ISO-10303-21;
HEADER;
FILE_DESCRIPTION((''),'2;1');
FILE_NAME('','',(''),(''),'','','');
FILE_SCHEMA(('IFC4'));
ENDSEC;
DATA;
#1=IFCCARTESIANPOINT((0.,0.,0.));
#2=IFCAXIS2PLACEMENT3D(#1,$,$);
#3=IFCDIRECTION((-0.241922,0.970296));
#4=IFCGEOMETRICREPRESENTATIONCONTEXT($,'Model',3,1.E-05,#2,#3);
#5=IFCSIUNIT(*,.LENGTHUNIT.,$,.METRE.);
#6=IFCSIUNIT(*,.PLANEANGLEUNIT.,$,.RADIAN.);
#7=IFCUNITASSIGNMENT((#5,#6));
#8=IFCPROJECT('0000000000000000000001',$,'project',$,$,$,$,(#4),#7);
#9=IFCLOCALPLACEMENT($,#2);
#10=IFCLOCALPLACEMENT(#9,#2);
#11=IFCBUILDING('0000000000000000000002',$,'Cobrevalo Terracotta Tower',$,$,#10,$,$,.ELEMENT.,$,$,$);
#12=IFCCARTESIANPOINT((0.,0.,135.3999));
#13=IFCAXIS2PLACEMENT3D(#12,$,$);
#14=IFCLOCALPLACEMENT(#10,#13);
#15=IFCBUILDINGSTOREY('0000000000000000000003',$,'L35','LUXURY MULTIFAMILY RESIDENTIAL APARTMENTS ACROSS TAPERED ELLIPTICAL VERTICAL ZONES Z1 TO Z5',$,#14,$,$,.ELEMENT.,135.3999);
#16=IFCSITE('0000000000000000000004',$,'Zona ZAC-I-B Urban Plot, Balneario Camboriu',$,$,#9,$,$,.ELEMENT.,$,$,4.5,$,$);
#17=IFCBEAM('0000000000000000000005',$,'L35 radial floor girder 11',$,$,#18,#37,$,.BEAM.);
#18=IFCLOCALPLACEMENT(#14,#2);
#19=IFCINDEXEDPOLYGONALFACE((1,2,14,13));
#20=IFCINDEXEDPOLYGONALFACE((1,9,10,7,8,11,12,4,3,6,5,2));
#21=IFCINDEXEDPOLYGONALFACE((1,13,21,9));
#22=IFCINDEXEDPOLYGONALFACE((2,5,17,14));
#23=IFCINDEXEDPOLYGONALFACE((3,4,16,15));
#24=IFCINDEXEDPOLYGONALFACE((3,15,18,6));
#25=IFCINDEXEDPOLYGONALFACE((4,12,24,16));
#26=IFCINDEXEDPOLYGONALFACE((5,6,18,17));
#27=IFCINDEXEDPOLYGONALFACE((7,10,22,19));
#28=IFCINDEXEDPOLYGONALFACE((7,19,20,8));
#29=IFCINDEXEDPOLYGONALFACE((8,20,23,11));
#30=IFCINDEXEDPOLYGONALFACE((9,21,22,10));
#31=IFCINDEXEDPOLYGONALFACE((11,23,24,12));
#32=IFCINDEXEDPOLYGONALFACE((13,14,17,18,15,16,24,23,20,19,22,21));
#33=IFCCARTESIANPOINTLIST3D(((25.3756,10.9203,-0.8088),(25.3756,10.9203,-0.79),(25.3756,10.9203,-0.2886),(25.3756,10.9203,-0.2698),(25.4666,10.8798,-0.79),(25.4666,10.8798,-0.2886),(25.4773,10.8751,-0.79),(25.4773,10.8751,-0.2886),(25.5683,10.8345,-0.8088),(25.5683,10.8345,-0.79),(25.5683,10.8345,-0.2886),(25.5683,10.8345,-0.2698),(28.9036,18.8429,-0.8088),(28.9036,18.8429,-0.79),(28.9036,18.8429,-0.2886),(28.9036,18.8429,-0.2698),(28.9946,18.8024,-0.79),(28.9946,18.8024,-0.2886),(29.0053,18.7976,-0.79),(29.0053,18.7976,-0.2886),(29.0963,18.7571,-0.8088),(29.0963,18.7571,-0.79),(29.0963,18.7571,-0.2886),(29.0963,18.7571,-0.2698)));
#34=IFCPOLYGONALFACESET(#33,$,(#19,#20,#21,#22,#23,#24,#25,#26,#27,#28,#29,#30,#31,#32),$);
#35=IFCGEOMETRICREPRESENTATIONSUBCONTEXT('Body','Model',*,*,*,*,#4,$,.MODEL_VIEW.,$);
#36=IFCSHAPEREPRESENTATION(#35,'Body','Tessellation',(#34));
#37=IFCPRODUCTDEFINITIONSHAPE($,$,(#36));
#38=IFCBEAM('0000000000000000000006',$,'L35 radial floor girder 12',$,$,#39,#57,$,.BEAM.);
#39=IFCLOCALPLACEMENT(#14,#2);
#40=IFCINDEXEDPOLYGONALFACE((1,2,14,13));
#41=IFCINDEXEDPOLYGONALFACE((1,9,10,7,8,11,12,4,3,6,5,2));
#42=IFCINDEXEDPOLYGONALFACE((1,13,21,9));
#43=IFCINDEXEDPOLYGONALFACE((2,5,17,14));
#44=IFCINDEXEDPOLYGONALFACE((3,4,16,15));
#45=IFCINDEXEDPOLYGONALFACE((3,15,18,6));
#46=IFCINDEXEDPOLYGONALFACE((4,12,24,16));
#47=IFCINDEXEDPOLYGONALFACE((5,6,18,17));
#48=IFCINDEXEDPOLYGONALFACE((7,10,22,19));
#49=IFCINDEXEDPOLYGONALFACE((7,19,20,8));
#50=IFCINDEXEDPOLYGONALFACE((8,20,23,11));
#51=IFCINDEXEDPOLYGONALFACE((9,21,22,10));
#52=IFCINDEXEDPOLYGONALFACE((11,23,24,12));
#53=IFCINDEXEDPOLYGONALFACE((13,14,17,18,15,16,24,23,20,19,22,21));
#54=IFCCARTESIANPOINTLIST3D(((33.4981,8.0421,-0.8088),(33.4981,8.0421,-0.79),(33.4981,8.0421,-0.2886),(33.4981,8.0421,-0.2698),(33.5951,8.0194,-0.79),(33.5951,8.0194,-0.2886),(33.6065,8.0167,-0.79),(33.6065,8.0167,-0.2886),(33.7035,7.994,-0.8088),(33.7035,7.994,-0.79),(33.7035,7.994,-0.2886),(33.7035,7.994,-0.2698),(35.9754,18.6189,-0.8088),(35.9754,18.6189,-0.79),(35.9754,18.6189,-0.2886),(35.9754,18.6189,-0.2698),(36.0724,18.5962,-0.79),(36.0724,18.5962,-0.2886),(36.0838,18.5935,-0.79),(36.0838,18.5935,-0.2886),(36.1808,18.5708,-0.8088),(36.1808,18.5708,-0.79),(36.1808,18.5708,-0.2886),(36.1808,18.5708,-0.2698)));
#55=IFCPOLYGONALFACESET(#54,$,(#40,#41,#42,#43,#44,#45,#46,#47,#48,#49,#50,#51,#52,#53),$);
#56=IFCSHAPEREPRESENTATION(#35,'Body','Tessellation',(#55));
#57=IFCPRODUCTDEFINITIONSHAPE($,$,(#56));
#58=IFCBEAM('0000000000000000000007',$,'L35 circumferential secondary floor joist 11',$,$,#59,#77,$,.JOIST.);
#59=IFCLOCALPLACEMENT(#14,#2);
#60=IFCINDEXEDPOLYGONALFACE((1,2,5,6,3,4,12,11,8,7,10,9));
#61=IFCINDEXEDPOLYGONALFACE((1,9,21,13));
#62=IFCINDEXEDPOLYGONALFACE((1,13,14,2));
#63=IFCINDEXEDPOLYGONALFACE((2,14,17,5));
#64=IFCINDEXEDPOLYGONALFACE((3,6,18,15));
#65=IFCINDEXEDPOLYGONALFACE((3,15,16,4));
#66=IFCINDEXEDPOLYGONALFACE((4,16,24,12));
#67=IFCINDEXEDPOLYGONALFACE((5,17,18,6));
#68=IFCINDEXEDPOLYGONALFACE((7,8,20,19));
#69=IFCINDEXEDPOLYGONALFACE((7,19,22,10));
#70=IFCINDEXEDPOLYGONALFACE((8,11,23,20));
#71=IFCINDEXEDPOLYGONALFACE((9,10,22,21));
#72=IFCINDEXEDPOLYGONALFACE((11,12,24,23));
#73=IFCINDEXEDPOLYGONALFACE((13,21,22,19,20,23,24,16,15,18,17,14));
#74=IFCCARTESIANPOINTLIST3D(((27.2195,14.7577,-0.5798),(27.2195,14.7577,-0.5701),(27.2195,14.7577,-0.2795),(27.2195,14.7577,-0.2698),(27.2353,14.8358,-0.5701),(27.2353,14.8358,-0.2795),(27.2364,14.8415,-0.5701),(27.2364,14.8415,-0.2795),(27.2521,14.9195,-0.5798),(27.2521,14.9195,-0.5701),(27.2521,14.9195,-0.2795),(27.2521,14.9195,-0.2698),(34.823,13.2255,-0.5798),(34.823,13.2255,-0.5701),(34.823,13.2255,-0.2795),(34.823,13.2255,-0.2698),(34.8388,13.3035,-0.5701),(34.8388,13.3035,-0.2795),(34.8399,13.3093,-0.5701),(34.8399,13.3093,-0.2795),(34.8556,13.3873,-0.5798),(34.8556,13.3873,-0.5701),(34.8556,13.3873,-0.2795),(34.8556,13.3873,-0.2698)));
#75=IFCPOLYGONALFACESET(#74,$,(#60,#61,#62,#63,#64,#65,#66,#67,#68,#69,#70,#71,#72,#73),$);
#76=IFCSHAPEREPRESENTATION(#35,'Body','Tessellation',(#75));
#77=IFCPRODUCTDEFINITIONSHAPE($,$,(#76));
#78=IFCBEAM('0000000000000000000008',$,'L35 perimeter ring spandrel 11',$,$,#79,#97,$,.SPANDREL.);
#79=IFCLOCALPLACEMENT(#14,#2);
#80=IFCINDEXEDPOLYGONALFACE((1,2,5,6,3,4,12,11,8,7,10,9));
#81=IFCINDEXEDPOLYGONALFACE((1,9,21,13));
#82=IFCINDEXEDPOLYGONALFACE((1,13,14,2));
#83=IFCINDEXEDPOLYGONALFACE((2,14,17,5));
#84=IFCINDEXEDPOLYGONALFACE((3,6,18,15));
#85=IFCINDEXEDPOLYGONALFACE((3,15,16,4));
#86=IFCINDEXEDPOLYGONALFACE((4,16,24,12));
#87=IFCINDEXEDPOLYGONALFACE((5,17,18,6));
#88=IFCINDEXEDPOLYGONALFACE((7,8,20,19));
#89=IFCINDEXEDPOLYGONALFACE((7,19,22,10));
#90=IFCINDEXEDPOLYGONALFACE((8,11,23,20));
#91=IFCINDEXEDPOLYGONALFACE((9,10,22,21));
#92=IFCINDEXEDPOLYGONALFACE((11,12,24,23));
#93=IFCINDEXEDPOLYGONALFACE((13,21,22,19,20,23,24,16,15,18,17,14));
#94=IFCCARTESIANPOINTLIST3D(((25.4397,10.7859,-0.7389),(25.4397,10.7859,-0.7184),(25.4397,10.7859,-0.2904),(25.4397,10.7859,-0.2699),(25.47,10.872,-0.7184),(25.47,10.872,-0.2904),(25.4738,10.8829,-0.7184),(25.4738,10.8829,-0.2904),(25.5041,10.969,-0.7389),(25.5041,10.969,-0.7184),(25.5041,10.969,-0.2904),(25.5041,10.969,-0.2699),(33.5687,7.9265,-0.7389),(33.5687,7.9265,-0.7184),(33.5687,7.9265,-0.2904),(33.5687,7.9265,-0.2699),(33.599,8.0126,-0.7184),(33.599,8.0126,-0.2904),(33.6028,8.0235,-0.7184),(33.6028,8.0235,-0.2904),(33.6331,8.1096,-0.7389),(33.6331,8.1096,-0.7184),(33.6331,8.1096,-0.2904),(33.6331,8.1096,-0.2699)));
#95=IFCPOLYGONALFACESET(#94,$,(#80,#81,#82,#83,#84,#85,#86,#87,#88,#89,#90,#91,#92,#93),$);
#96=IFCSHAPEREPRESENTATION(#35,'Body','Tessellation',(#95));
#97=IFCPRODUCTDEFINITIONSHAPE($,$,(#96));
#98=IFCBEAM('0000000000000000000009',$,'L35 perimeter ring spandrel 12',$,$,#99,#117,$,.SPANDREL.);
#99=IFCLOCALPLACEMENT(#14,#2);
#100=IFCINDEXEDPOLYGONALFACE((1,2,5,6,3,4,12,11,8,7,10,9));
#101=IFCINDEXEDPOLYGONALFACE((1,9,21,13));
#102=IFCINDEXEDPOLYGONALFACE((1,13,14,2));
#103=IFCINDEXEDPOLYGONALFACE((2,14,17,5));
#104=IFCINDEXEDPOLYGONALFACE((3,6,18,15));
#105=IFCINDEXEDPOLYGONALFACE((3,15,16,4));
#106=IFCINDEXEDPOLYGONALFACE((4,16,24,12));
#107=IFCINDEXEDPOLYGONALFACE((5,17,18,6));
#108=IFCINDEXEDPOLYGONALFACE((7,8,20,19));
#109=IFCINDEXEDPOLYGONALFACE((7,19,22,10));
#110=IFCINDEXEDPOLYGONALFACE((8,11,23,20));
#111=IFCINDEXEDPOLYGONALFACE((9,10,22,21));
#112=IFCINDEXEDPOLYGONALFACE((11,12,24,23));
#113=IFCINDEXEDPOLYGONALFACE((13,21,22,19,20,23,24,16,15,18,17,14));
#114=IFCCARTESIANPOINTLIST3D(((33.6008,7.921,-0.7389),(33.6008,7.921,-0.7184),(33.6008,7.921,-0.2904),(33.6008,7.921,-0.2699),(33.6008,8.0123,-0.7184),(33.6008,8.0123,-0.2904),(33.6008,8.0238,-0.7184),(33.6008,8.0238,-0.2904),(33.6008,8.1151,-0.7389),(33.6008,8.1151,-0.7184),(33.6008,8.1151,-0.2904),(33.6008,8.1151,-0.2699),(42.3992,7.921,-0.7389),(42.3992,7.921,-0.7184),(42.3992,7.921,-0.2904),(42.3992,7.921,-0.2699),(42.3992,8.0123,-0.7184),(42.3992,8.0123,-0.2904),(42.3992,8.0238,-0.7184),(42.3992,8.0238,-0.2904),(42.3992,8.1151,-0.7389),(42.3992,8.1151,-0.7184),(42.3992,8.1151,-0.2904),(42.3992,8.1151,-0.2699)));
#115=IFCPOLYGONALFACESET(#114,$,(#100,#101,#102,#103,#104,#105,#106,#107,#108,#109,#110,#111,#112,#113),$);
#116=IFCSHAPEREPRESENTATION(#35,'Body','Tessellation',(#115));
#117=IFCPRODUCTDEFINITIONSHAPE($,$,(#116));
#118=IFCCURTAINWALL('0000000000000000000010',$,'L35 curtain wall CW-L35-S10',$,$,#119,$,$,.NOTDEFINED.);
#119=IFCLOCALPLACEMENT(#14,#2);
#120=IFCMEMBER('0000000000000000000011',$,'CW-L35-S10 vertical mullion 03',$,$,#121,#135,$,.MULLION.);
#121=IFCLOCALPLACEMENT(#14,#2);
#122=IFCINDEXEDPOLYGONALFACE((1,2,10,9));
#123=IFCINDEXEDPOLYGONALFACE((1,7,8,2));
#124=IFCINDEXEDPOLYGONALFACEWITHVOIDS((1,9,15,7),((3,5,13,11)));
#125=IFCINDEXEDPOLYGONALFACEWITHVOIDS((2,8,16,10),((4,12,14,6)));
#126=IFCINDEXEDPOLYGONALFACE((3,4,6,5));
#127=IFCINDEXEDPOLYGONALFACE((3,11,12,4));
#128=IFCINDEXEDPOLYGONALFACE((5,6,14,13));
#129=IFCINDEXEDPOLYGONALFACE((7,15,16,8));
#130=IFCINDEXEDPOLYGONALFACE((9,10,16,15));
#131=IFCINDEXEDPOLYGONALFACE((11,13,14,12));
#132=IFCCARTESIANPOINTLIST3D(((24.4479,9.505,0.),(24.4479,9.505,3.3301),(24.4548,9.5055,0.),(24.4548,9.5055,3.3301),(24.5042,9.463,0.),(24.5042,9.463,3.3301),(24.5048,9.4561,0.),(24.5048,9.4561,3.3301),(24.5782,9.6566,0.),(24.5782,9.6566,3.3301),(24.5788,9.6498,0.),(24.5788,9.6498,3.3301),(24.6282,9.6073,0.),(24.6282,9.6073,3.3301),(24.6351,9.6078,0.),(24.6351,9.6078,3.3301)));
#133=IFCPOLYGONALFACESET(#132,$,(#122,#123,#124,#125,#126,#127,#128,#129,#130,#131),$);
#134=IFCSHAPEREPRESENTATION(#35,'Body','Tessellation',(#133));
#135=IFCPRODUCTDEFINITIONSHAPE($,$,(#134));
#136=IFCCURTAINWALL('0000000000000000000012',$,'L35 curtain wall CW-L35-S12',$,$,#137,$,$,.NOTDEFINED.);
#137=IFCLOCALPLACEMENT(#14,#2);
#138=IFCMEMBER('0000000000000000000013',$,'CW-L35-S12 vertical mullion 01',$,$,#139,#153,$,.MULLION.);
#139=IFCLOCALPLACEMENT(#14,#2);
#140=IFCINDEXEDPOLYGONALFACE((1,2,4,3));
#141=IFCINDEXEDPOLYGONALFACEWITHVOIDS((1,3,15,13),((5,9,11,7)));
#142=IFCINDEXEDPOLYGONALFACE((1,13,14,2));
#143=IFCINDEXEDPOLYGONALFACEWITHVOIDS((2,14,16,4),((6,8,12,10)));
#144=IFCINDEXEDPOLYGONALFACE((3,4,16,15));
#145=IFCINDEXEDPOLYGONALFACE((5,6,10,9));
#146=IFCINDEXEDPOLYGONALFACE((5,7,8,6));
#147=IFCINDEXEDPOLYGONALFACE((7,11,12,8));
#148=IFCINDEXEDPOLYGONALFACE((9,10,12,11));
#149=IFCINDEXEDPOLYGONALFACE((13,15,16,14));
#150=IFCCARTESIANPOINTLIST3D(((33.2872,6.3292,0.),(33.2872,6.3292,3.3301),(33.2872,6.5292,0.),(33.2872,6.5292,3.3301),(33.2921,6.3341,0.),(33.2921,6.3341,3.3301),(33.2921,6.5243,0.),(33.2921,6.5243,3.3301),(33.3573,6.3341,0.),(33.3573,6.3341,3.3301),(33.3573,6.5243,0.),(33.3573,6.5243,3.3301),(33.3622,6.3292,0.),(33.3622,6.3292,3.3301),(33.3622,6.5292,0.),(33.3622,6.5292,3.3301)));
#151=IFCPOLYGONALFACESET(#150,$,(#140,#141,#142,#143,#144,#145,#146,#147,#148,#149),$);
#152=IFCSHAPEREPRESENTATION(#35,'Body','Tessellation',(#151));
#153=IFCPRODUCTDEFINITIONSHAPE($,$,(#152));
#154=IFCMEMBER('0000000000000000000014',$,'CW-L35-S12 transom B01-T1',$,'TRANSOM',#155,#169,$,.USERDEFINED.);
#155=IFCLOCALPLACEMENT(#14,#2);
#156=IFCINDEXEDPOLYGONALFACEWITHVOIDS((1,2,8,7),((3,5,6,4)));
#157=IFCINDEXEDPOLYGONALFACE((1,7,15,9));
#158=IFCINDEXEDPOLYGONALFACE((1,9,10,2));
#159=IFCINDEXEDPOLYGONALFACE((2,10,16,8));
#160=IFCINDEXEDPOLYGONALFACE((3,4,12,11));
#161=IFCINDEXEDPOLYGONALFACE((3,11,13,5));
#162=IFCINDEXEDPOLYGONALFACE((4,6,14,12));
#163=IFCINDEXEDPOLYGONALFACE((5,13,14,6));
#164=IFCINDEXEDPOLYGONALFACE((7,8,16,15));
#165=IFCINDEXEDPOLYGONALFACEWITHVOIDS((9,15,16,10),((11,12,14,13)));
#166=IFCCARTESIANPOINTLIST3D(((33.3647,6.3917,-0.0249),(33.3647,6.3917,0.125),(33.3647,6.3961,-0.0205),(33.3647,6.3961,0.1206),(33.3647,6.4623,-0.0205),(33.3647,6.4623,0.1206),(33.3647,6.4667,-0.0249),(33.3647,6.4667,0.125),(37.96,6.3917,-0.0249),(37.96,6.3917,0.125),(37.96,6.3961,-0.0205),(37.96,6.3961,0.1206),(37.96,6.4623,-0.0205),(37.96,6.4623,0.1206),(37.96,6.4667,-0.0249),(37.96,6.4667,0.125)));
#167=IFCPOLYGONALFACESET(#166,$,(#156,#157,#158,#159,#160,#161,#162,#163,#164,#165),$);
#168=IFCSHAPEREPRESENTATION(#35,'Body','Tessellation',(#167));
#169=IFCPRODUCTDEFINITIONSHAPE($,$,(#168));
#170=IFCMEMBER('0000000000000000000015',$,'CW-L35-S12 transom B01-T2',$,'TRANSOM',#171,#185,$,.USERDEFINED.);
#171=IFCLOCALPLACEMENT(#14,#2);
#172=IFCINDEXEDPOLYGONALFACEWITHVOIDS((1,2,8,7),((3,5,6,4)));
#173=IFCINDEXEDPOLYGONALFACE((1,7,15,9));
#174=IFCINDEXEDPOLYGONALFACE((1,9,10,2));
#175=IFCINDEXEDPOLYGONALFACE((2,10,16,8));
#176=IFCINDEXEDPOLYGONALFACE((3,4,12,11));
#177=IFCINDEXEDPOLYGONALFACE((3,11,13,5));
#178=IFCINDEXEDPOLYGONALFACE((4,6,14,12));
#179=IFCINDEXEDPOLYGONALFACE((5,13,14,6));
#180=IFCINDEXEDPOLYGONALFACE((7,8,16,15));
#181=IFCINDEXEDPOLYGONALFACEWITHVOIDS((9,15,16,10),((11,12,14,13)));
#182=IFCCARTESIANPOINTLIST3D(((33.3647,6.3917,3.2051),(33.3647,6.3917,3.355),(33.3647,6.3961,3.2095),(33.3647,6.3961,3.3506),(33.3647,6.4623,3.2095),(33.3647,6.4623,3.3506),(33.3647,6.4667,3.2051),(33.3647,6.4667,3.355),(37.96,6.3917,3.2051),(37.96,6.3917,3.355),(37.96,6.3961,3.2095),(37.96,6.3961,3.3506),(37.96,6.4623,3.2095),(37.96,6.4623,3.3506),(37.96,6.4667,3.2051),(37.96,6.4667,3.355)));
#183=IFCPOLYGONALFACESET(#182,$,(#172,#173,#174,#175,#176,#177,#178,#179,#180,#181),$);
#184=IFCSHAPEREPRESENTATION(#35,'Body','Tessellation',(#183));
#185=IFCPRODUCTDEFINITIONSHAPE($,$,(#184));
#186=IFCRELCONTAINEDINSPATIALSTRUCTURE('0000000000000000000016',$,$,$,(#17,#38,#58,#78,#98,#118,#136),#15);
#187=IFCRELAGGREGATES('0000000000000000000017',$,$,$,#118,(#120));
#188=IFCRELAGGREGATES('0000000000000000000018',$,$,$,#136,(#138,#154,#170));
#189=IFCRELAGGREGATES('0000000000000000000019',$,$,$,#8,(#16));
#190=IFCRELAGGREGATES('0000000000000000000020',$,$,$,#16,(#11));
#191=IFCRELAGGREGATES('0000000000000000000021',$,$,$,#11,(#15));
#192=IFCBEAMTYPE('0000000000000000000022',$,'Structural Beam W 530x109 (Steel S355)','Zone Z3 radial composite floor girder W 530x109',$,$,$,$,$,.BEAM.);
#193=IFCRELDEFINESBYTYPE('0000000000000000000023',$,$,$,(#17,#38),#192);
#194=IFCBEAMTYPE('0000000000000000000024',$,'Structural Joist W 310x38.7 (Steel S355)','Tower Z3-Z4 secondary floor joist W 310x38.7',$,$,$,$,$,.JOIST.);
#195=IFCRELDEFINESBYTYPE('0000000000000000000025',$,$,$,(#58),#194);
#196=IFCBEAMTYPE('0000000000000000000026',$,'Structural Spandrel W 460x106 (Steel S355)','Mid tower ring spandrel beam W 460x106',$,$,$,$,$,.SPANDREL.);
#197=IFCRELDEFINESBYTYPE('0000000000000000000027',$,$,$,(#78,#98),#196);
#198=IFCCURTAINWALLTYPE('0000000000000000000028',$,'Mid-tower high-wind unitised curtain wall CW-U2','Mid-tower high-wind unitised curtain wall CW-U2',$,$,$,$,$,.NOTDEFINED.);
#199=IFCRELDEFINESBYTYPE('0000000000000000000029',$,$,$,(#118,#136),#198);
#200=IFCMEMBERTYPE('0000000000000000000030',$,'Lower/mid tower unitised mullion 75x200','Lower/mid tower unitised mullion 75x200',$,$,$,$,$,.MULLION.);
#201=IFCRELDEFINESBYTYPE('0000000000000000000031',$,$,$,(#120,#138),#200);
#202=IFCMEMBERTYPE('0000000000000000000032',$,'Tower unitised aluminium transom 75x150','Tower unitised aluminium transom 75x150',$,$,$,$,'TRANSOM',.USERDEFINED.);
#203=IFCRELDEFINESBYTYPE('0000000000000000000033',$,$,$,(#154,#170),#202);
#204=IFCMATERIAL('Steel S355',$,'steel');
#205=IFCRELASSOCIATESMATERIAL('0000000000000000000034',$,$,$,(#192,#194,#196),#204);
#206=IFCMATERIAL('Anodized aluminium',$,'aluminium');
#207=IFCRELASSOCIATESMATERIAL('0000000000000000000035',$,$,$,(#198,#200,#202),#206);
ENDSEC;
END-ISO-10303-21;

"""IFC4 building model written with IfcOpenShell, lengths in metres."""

from ifc_helpers import new_model, si_unit, direction, frame, origin, origin_2d, place, context, subcontext, project, spatial, hollow_rectangle, i_section, extrude, source, transform, mapped, material, material_profile, profile_set, type_object, element, aggregate, save


model = new_model("IFC4")

# Units and contexts
model_context = context("Model", 3, precision=1e-05, world=origin(), true_north=direction((-0.241922, 0.970296)))
body_context = subcontext(model_context, "Body", "Model", "MODEL_VIEW")
ifc_project = project(units=[si_unit("LENGTHUNIT", "METRE"), si_unit("PLANEANGLEUNIT", "RADIAN")], contexts=[model_context])

# Site, building, storey
site_placement = place(None, origin())
site = spatial("IfcSite", under=ifc_project, at=site_placement, Name="Zona ZAC-I-B Urban Plot, Balneario Camboriu", CompositionType="ELEMENT", RefElevation=4.5)
building_placement = place(site_placement, origin())
building = spatial("IfcBuilding", under=site, at=building_placement, Name="Cobrevalo Terracotta Tower", CompositionType="ELEMENT")
storey_placement = place(building_placement, frame((0.0, 0.0, 135.3999)))
storey = spatial("IfcBuildingStorey", under=building, at=storey_placement, Name="L35", Description="LUXURY MULTIFAMILY RESIDENTIAL APARTMENTS ACROSS TAPERED ELLIPTICAL VERTICAL ZONES Z1 TO Z5", CompositionType="ELEMENT", Elevation=135.3999)

# Shared definitions
ifc_material_1 = material(Name="Steel S355", Category="steel")

# Beams
ifc_material_profile_1 = material_profile(ifc_material_1, i_section(OverallWidth=0.2109, OverallDepth=0.5391, WebThickness=0.0117, FlangeThickness=0.0188, at=origin_2d()), Name="W 530x109")
ifc_profile_set_1 = profile_set([ifc_material_profile_1], Name="Steel S355")
beam_type_1 = type_object("IfcBeamType", Name="Structural Beam W 530x109 (Steel S355)", Description="Zone Z3 radial composite floor girder W 530x109", PredefinedType="BEAM", material=ifc_profile_set_1)
beam_1_placement = place(storey_placement, frame((25.4719, 10.8774, -0.5393), z_axis=(0.406804, 0.913515, 0.0), x_axis=(-0.913515, 0.406804, 0.0)))
element("IfcBeam", 1, at=beam_1_placement, inside=storey, type_object=beam_type_1, Name="L35 radial floor girder 11", PredefinedType="BEAM", context=body_context, shape_type="SweptSolid", body=[
    extrude(i_section(OverallWidth=0.2109, OverallDepth=0.5391, WebThickness=0.0117, FlangeThickness=0.0188, at=origin_2d()), origin(), (0.0, 0.0, 1.0), 8.6726),
])
beam_2_placement = place(storey_placement, frame((33.6008, 8.0181, -0.5393), z_axis=(0.228046, 0.97365, 0.0), x_axis=(-0.97365, 0.228046, 0.0)))
element("IfcBeam", 2, at=beam_2_placement, inside=storey, type_object=beam_type_1, Name="L35 radial floor girder 12", PredefinedType="BEAM", context=body_context, shape_type="SweptSolid", body=[
    extrude(i_section(OverallWidth=0.2109, OverallDepth=0.5391, WebThickness=0.0117, FlangeThickness=0.0188, at=origin_2d()), origin(), (0.0, 0.0, 1.0), 10.863),
])
ifc_material_profile_2 = material_profile(ifc_material_1, i_section(OverallWidth=0.165, OverallDepth=0.3101, WebThickness=0.0059, FlangeThickness=0.0098, at=origin_2d()), Name="W 310x38.7")
ifc_profile_set_2 = profile_set([ifc_material_profile_2], Name="Steel S355")
beam_type_2 = type_object("IfcBeamType", Name="Structural Joist W 310x38.7 (Steel S355)", Description="Tower Z3-Z4 secondary floor joist W 310x38.7", PredefinedType="JOIST", material=ifc_profile_set_2)
beam_3_placement = place(storey_placement, frame((27.2358, 14.8386, -0.4248), z_axis=(0.980294, -0.197544, 0.0), x_axis=(0.197544, 0.980294, 0.0)))
element("IfcBeam", 3, at=beam_3_placement, inside=storey, type_object=beam_type_2, Name="L35 circumferential secondary floor joist 11", PredefinedType="JOIST", context=body_context, shape_type="SweptSolid", body=[
    extrude(i_section(OverallWidth=0.165, OverallDepth=0.3101, WebThickness=0.0059, FlangeThickness=0.0098, at=origin_2d()), origin(), (0.0, 0.0, 1.0), 7.7563),
])
ifc_material_profile_3 = material_profile(ifc_material_1, i_section(OverallWidth=0.1941, OverallDepth=0.469, WebThickness=0.0115, FlangeThickness=0.0205, at=origin_2d()), Name="W 460x106")
ifc_profile_set_3 = profile_set([ifc_material_profile_3], Name="Steel S355")
beam_type_3 = type_object("IfcBeamType", Name="Structural Spandrel W 460x106 (Steel S355)", Description="Mid tower ring spandrel beam W 460x106", PredefinedType="SPANDREL", material=ifc_profile_set_3)
beam_4_placement = place(storey_placement, frame((25.4719, 10.8774, -0.5044), z_axis=(0.943341, -0.331824, 0.0), x_axis=(0.331824, 0.943341, 0.0)))
element("IfcBeam", 4, at=beam_4_placement, inside=storey, type_object=beam_type_3, Name="L35 perimeter ring spandrel 11", PredefinedType="SPANDREL", context=body_context, shape_type="SweptSolid", body=[
    extrude(i_section(OverallWidth=0.1941, OverallDepth=0.469, WebThickness=0.0115, FlangeThickness=0.0205, at=origin_2d()), origin(), (0.0, 0.0, 1.0), 8.6172),
])
beam_5_placement = place(storey_placement, frame((33.6008, 8.0181, -0.5044), z_axis=(1.0, 0.0, 0.0), x_axis=(0.0, 1.0, 0.0)))
element("IfcBeam", 5, at=beam_5_placement, inside=storey, type_object=beam_type_3, Name="L35 perimeter ring spandrel 12", PredefinedType="SPANDREL", context=body_context, shape_type="SweptSolid", body=[
    extrude(i_section(OverallWidth=0.1941, OverallDepth=0.469, WebThickness=0.0115, FlangeThickness=0.0205, at=origin_2d()), origin(), (0.0, 0.0, 1.0), 8.7983),
])

# Curtain wall, member
ifc_material_2 = material(Name="Anodized aluminium", Category="aluminium")
curtain_wall_type = type_object("IfcCurtainWallType", Name="Mid-tower high-wind unitised curtain wall CW-U2", Description="Mid-tower high-wind unitised curtain wall CW-U2", PredefinedType="NOTDEFINED", material=ifc_material_2)
curtain_wall_1_placement = place(storey_placement, origin())
curtain_wall_1 = element("IfcCurtainWall", 6, at=curtain_wall_1_placement, inside=storey, type_object=curtain_wall_type, Name="L35 curtain wall CW-L35-S10", PredefinedType="NOTDEFINED")
ifc_material_profile_4 = material_profile(ifc_material_2, hollow_rectangle(XDim=0.075, YDim=0.2, WallThickness=0.0049, at=origin_2d()), Name="CWM 75x200")
ifc_profile_set_4 = profile_set([ifc_material_profile_4], Name="Anodized aluminium")
member_type_1 = type_object("IfcMemberType", Name="Lower/mid tower unitised mullion 75x200", Description="Lower/mid tower unitised mullion 75x200", PredefinedType="MULLION", material=ifc_profile_set_4)
shared_shape_1 = source(origin(), body_context, "Body", "SweptSolid", [
    extrude(hollow_rectangle(XDim=0.075, YDim=0.2, WallThickness=0.0049, at=origin_2d()), origin(), (0.0, 0.0, 1.0), 3.3301),
])
member_1_placement = place(storey_placement, frame((24.5415, 9.5564, 0.0), z_axis=(0.0, 0.0, 1.0), x_axis=(0.758442, -0.651741, 0.0)))
member_1 = element("IfcMember", 7, at=member_1_placement, type_object=member_type_1, Name="CW-L35-S10 vertical mullion 03", PredefinedType="MULLION", context=body_context, shape_type="MappedRepresentation", body=[
    mapped(shared_shape_1, transform((0.0, 0.0, 0.0), scale=1.0)),
])
aggregate(curtain_wall_1, [member_1])

# Curtain wall, members
curtain_wall_2_placement = place(storey_placement, origin())
curtain_wall_2 = element("IfcCurtainWall", 8, at=curtain_wall_2_placement, inside=storey, type_object=curtain_wall_type, Name="L35 curtain wall CW-L35-S12", PredefinedType="NOTDEFINED")
member_2_placement = place(storey_placement, frame((33.3247, 6.4292, 0.0), z_axis=(0.0, 0.0, 1.0), x_axis=(1.0, 0.0, 0.0)))
member_2 = element("IfcMember", 9, at=member_2_placement, type_object=member_type_1, Name="CW-L35-S12 vertical mullion 01", PredefinedType="MULLION", context=body_context, shape_type="MappedRepresentation", body=[
    mapped(shared_shape_1, transform((0.0, 0.0, 0.0), scale=1.0)),
])
ifc_material_profile_5 = material_profile(ifc_material_2, hollow_rectangle(XDim=0.075, YDim=0.1499, WallThickness=0.0044, at=origin_2d()), Name="CWT 75x150")
ifc_profile_set_5 = profile_set([ifc_material_profile_5], Name="Anodized aluminium")
member_type_2 = type_object("IfcMemberType", Name="Tower unitised aluminium transom 75x150", Description="Tower unitised aluminium transom 75x150", ElementType="TRANSOM", PredefinedType="USERDEFINED", material=ifc_profile_set_5)
shared_shape_2 = source(origin(), body_context, "Body", "SweptSolid", [
    extrude(hollow_rectangle(XDim=0.075, YDim=0.1499, WallThickness=0.0044, at=origin_2d()), origin(), (0.0, 0.0, 1.0), 4.5952),
])
member_3_placement = place(storey_placement, frame((33.3647, 6.4292, 0.05), z_axis=(1.0, 0.0, 0.0), x_axis=(0.0, 1.0, 0.0)))
member_3 = element("IfcMember", 10, at=member_3_placement, type_object=member_type_2, Name="CW-L35-S12 transom B01-T1", ObjectType="TRANSOM", PredefinedType="USERDEFINED", context=body_context, shape_type="MappedRepresentation", body=[
    mapped(shared_shape_2, transform((0.0, 0.0, 0.0), scale=1.0)),
])
member_4_placement = place(storey_placement, frame((33.3647, 6.4292, 3.28), z_axis=(1.0, 0.0, 0.0), x_axis=(0.0, 1.0, 0.0)))
member_4 = element("IfcMember", 11, at=member_4_placement, type_object=member_type_2, Name="CW-L35-S12 transom B01-T2", ObjectType="TRANSOM", PredefinedType="USERDEFINED", context=body_context, shape_type="MappedRepresentation", body=[
    mapped(shared_shape_2, transform((0.0, 0.0, 0.0), scale=1.0)),
])
aggregate(curtain_wall_2, [member_2, member_3, member_4])

save(model, "model.ifc")
